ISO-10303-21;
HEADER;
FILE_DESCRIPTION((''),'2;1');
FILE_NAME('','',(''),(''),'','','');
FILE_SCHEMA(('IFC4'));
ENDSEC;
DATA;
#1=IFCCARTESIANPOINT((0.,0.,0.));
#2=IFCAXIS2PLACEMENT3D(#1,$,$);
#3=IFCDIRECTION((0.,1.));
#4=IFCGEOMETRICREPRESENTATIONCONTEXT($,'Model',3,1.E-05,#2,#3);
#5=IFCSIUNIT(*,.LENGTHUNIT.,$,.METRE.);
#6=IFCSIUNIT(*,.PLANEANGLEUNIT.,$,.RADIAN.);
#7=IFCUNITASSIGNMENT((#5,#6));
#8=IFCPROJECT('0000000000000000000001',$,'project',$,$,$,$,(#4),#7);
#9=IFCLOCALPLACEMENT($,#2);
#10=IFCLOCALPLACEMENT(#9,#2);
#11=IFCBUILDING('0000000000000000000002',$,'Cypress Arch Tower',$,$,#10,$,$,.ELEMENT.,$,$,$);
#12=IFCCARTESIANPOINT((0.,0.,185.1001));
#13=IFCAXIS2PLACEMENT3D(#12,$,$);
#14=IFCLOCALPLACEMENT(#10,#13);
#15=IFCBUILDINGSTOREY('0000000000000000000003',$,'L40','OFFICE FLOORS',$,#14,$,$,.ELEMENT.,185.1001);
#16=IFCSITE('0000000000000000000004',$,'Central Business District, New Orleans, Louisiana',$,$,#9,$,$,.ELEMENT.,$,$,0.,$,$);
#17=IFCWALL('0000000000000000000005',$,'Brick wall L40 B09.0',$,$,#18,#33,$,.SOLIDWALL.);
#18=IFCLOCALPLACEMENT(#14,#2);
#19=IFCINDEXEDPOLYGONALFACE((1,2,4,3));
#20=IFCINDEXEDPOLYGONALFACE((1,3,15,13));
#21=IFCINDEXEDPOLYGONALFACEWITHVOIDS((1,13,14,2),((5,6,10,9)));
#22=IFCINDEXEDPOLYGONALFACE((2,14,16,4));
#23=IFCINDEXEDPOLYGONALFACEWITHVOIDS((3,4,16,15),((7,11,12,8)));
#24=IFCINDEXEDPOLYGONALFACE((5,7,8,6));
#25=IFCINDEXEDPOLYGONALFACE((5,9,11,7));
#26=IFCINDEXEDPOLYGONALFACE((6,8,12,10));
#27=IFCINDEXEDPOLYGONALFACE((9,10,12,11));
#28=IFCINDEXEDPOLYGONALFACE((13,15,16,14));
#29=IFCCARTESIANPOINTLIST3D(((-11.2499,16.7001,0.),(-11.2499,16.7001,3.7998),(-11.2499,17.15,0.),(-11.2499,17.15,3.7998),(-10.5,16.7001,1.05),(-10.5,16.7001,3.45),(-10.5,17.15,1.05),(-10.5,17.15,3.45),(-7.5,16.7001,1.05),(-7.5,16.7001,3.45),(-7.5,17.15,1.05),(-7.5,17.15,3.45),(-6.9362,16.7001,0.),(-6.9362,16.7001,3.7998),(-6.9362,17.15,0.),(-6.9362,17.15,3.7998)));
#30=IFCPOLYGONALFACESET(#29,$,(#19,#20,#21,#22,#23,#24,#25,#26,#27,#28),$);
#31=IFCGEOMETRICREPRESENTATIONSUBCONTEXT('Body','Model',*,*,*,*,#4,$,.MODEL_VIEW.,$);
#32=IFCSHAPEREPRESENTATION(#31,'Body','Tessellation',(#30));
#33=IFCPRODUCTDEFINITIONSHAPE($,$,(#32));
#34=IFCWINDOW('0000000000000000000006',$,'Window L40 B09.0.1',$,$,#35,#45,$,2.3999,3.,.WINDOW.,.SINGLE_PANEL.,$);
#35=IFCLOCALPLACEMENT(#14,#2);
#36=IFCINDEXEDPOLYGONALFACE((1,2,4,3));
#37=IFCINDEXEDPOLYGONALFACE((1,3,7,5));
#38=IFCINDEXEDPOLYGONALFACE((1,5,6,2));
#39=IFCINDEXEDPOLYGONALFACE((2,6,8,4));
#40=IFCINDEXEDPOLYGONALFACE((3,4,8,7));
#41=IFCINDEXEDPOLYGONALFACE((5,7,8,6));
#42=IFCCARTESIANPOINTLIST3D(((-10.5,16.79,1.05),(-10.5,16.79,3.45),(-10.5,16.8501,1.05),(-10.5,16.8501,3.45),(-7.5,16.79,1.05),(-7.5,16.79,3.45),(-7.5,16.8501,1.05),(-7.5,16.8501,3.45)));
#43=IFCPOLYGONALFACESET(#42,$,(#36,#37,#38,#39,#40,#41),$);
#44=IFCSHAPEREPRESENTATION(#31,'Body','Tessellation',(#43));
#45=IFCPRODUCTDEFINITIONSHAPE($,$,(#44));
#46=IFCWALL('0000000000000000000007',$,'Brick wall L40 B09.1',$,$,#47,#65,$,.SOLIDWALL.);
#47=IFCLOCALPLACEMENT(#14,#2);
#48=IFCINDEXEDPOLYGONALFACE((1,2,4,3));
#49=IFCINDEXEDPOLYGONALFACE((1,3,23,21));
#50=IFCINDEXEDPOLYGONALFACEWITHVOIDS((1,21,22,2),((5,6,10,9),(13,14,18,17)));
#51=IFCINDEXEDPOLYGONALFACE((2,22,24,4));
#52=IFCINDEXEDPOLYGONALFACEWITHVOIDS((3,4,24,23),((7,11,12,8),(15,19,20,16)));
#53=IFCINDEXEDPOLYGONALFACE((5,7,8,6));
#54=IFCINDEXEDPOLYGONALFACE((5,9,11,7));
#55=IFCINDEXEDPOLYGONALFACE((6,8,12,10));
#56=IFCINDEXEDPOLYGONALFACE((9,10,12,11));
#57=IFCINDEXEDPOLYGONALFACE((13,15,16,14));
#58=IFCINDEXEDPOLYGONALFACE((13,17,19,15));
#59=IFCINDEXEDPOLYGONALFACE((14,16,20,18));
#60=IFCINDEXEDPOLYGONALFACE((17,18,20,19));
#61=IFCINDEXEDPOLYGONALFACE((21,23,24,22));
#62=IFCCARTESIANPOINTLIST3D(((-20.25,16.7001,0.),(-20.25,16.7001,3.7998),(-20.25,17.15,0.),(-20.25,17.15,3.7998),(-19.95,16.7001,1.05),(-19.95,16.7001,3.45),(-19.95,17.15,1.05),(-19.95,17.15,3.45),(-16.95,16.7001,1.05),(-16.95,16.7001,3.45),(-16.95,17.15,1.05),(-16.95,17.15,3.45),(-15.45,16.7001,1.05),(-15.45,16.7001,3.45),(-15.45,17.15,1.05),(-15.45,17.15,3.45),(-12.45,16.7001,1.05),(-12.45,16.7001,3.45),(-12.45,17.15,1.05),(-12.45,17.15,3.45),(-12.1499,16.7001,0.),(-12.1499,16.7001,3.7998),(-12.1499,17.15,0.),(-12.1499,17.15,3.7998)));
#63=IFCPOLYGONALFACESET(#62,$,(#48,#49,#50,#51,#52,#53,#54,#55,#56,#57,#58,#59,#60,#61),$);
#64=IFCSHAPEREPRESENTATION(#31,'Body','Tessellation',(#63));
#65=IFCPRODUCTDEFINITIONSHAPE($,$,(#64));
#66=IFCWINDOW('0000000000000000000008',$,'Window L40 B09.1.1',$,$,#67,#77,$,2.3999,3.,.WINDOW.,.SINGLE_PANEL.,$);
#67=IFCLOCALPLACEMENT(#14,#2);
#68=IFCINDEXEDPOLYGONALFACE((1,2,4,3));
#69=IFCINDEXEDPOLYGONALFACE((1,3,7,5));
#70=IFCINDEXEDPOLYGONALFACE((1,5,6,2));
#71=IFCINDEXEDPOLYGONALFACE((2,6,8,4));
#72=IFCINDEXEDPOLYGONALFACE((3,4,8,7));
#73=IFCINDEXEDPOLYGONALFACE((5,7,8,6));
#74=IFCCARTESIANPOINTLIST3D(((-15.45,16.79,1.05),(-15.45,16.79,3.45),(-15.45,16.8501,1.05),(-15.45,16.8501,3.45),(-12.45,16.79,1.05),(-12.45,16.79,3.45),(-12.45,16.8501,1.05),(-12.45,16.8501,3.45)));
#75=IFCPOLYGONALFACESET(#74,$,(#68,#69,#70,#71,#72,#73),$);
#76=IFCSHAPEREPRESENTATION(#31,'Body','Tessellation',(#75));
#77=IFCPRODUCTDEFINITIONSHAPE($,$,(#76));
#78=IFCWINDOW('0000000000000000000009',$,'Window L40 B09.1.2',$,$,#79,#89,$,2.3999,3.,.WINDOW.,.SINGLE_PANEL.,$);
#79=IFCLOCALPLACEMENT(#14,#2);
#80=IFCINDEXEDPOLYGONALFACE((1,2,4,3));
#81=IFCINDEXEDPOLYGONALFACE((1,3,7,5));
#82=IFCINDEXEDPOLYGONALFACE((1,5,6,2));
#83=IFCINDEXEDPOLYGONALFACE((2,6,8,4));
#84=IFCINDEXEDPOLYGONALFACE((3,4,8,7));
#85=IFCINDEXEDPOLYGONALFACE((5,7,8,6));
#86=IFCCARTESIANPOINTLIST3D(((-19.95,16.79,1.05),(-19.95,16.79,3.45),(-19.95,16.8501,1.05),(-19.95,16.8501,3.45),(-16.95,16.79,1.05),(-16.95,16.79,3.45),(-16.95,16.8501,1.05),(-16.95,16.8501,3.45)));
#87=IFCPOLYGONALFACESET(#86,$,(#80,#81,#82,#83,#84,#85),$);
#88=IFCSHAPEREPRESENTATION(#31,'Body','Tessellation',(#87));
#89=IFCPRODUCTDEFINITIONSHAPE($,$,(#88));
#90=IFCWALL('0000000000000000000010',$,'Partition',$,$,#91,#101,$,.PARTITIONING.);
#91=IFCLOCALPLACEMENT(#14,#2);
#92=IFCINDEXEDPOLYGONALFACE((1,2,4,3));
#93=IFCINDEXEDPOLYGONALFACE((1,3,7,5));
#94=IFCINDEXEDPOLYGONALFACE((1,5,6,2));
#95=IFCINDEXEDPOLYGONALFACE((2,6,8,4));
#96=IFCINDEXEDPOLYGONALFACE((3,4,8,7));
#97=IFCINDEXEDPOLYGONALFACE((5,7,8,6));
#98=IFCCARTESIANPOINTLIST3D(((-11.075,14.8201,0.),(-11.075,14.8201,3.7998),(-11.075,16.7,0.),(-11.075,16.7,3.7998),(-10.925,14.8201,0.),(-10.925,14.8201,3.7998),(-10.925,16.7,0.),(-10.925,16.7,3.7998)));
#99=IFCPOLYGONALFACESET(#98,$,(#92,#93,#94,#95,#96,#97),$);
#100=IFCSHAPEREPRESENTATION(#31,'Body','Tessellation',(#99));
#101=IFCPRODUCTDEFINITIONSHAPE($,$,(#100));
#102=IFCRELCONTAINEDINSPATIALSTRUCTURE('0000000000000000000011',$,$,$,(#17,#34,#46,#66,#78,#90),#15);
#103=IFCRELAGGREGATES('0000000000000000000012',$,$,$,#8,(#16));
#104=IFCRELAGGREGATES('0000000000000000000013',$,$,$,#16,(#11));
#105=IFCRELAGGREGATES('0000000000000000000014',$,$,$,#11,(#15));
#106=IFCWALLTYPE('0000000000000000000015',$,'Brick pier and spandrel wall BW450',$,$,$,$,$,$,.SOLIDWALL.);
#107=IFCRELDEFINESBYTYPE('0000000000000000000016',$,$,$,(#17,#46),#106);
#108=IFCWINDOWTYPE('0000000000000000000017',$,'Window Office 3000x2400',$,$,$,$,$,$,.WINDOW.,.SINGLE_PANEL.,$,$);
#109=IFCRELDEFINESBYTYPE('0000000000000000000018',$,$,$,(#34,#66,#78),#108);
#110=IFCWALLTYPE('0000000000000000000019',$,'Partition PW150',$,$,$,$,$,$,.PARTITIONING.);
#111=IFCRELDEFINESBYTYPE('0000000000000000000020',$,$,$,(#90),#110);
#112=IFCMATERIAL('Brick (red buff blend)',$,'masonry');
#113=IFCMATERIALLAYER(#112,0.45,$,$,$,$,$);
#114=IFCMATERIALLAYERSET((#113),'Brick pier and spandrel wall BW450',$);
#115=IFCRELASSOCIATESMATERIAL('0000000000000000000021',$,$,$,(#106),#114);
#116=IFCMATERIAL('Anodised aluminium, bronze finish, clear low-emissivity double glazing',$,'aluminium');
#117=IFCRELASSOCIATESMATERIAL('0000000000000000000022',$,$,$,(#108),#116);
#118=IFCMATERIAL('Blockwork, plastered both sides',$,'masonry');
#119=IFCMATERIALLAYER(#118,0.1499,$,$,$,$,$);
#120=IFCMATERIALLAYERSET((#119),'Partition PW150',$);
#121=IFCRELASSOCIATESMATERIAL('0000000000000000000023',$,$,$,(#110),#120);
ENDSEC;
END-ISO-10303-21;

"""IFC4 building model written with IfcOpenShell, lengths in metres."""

from ifc_helpers import new_model, si_unit, direction, frame, frame_2d, origin, place, context, subcontext, project, spatial, rectangle, extrude, material, layer, layer_set, type_object, element, fill, save


model = new_model("IFC4")

# Units and contexts
model_context = context("Model", 3, precision=1e-05, world=origin(), true_north=direction((0.0, 1.0)))
body_context = subcontext(model_context, "Body", "Model", "MODEL_VIEW")
ifc_project = project(units=[si_unit("LENGTHUNIT", "METRE"), si_unit("PLANEANGLEUNIT", "RADIAN")], contexts=[model_context])

# Site, building, storey
site_placement = place(None, origin())
site = spatial("IfcSite", under=ifc_project, at=site_placement, Name="Central Business District, New Orleans, Louisiana", CompositionType="ELEMENT", RefElevation=0.0)
building_placement = place(site_placement, origin())
building = spatial("IfcBuilding", under=site, at=building_placement, Name="Cypress Arch Tower", CompositionType="ELEMENT")
storey_placement = place(building_placement, frame((0.0, 0.0, 185.1001)))
storey = spatial("IfcBuildingStorey", under=building, at=storey_placement, Name="L40", Description="OFFICE FLOORS", CompositionType="ELEMENT", Elevation=185.1001)

# Wall, opening, window
ifc_material_1 = material(Name="Brick (red buff blend)", Category="masonry")
ifc_layer_1 = layer(ifc_material_1, 0.45)
ifc_layer_set_1 = layer_set([ifc_layer_1], Name="Brick pier and spandrel wall BW450")
wall_type_1 = type_object("IfcWallType", Name="Brick pier and spandrel wall BW450", PredefinedType="SOLIDWALL", material=ifc_layer_set_1)
wall_1_placement = place(storey_placement, frame((-6.9363, 16.925, 0.0), z_axis=(0.0, 0.0, 1.0), x_axis=(-1.0, 0.0, 0.0)))
wall_1 = element("IfcWall", 1, at=wall_1_placement, inside=storey, type_object=wall_type_1, Name="Brick wall L40 B09.0", PredefinedType="SOLIDWALL", context=body_context, shape_type="SweptSolid", body=[
    extrude(rectangle(XDim=4.3137, YDim=0.45, at=frame_2d((2.1567, 0.0))), origin(), (0.0, 0.0, 1.0), 3.7998),
])
opening_1_placement = place(wall_1_placement, frame((0.5637, 0.0, 1.05)))
opening_1 = element("IfcOpeningElement", 2, at=opening_1_placement, cuts=wall_1, PredefinedType="OPENING", context=body_context, shape_type="SweptSolid", body=[
    extrude(rectangle(XDim=3.0, YDim=2.3999, at=frame_2d((1.5, 1.2))), frame((0.0, 0.2349, 0.0), z_axis=(0.0, -1.0, 0.0), x_axis=(1.0, 0.0, 0.0)), (0.0, 0.0, 1.0), 0.47),
])
ifc_material_2 = material(Name="Anodised aluminium, bronze finish, clear low-emissivity double glazing", Category="aluminium")
window_type = type_object("IfcWindowType", Name="Window Office 3000x2400", PartitioningType="SINGLE_PANEL", PredefinedType="WINDOW", material=ifc_material_2)
window_1_placement = place(opening_1_placement, origin())
window_1 = element("IfcWindow", 3, at=window_1_placement, inside=storey, type_object=window_type, Name="Window L40 B09.0.1", OverallHeight=2.3999, OverallWidth=3.0, PartitioningType="SINGLE_PANEL", PredefinedType="WINDOW", context=body_context, shape_type="SweptSolid", body=[
    extrude(rectangle(XDim=3.0, YDim=2.3999, at=frame_2d((1.5, 1.2))), frame((0.0, 0.135, 0.0), z_axis=(0.0, -1.0, 0.0), x_axis=(1.0, 0.0, 0.0)), (0.0, 0.0, 1.0), 0.0601),
])
fill(opening_1, window_1)

# Wall, openings, windows
wall_2_placement = place(storey_placement, frame((-12.1499, 16.925, 0.0), z_axis=(0.0, 0.0, 1.0), x_axis=(-1.0, 0.0, 0.0)))
wall_2 = element("IfcWall", 4, at=wall_2_placement, inside=storey, type_object=wall_type_1, Name="Brick wall L40 B09.1", PredefinedType="SOLIDWALL", context=body_context, shape_type="SweptSolid", body=[
    extrude(rectangle(XDim=8.1001, YDim=0.45, at=frame_2d((4.05, 0.0))), origin(), (0.0, 0.0, 1.0), 3.7998),
])
opening_2_placement = place(wall_2_placement, frame((0.3, 0.0, 1.05)))
opening_2 = element("IfcOpeningElement", 5, at=opening_2_placement, cuts=wall_2, PredefinedType="OPENING", context=body_context, shape_type="SweptSolid", body=[
    extrude(rectangle(XDim=3.0, YDim=2.3999, at=frame_2d((1.5, 1.2))), frame((0.0, 0.2349, 0.0), z_axis=(0.0, -1.0, 0.0), x_axis=(1.0, 0.0, 0.0)), (0.0, 0.0, 1.0), 0.47),
])
opening_3_placement = place(wall_2_placement, frame((4.8, 0.0, 1.05)))
opening_3 = element("IfcOpeningElement", 6, at=opening_3_placement, cuts=wall_2, PredefinedType="OPENING", context=body_context, shape_type="SweptSolid", body=[
    extrude(rectangle(XDim=3.0, YDim=2.3999, at=frame_2d((1.5, 1.2))), frame((0.0, 0.2349, 0.0), z_axis=(0.0, -1.0, 0.0), x_axis=(1.0, 0.0, 0.0)), (0.0, 0.0, 1.0), 0.47),
])
window_2_placement = place(opening_2_placement, origin())
window_2 = element("IfcWindow", 7, at=window_2_placement, inside=storey, type_object=window_type, Name="Window L40 B09.1.1", OverallHeight=2.3999, OverallWidth=3.0, PartitioningType="SINGLE_PANEL", PredefinedType="WINDOW", context=body_context, shape_type="SweptSolid", body=[
    extrude(rectangle(XDim=3.0, YDim=2.3999, at=frame_2d((1.5, 1.2))), frame((0.0, 0.135, 0.0), z_axis=(0.0, -1.0, 0.0), x_axis=(1.0, 0.0, 0.0)), (0.0, 0.0, 1.0), 0.0601),
])
fill(opening_2, window_2)
window_3_placement = place(opening_3_placement, origin())
window_3 = element("IfcWindow", 8, at=window_3_placement, inside=storey, type_object=window_type, Name="Window L40 B09.1.2", OverallHeight=2.3999, OverallWidth=3.0, PartitioningType="SINGLE_PANEL", PredefinedType="WINDOW", context=body_context, shape_type="SweptSolid", body=[
    extrude(rectangle(XDim=3.0, YDim=2.3999, at=frame_2d((1.5, 1.2))), frame((0.0, 0.135, 0.0), z_axis=(0.0, -1.0, 0.0), x_axis=(1.0, 0.0, 0.0)), (0.0, 0.0, 1.0), 0.0601),
])
fill(opening_3, window_3)

# Wall
ifc_material_3 = material(Name="Blockwork, plastered both sides", Category="masonry")
ifc_layer_2 = layer(ifc_material_3, 0.1499)
ifc_layer_set_2 = layer_set([ifc_layer_2], Name="Partition PW150")
wall_type_2 = type_object("IfcWallType", Name="Partition PW150", PredefinedType="PARTITIONING", material=ifc_layer_set_2)
wall_3_placement = place(storey_placement, frame((-11.0, 14.8201, 0.0), z_axis=(0.0, 0.0, 1.0), x_axis=(0.0, 1.0, 0.0)))
element("IfcWall", 9, at=wall_3_placement, inside=storey, type_object=wall_type_2, Name="Partition", PredefinedType="PARTITIONING", context=body_context, shape_type="SweptSolid", body=[
    extrude(rectangle(XDim=1.8799, YDim=0.1499, at=frame_2d((0.9399, 0.0))), origin(), (0.0, 0.0, 1.0), 3.7998),
])

save(model, "model.ifc")
